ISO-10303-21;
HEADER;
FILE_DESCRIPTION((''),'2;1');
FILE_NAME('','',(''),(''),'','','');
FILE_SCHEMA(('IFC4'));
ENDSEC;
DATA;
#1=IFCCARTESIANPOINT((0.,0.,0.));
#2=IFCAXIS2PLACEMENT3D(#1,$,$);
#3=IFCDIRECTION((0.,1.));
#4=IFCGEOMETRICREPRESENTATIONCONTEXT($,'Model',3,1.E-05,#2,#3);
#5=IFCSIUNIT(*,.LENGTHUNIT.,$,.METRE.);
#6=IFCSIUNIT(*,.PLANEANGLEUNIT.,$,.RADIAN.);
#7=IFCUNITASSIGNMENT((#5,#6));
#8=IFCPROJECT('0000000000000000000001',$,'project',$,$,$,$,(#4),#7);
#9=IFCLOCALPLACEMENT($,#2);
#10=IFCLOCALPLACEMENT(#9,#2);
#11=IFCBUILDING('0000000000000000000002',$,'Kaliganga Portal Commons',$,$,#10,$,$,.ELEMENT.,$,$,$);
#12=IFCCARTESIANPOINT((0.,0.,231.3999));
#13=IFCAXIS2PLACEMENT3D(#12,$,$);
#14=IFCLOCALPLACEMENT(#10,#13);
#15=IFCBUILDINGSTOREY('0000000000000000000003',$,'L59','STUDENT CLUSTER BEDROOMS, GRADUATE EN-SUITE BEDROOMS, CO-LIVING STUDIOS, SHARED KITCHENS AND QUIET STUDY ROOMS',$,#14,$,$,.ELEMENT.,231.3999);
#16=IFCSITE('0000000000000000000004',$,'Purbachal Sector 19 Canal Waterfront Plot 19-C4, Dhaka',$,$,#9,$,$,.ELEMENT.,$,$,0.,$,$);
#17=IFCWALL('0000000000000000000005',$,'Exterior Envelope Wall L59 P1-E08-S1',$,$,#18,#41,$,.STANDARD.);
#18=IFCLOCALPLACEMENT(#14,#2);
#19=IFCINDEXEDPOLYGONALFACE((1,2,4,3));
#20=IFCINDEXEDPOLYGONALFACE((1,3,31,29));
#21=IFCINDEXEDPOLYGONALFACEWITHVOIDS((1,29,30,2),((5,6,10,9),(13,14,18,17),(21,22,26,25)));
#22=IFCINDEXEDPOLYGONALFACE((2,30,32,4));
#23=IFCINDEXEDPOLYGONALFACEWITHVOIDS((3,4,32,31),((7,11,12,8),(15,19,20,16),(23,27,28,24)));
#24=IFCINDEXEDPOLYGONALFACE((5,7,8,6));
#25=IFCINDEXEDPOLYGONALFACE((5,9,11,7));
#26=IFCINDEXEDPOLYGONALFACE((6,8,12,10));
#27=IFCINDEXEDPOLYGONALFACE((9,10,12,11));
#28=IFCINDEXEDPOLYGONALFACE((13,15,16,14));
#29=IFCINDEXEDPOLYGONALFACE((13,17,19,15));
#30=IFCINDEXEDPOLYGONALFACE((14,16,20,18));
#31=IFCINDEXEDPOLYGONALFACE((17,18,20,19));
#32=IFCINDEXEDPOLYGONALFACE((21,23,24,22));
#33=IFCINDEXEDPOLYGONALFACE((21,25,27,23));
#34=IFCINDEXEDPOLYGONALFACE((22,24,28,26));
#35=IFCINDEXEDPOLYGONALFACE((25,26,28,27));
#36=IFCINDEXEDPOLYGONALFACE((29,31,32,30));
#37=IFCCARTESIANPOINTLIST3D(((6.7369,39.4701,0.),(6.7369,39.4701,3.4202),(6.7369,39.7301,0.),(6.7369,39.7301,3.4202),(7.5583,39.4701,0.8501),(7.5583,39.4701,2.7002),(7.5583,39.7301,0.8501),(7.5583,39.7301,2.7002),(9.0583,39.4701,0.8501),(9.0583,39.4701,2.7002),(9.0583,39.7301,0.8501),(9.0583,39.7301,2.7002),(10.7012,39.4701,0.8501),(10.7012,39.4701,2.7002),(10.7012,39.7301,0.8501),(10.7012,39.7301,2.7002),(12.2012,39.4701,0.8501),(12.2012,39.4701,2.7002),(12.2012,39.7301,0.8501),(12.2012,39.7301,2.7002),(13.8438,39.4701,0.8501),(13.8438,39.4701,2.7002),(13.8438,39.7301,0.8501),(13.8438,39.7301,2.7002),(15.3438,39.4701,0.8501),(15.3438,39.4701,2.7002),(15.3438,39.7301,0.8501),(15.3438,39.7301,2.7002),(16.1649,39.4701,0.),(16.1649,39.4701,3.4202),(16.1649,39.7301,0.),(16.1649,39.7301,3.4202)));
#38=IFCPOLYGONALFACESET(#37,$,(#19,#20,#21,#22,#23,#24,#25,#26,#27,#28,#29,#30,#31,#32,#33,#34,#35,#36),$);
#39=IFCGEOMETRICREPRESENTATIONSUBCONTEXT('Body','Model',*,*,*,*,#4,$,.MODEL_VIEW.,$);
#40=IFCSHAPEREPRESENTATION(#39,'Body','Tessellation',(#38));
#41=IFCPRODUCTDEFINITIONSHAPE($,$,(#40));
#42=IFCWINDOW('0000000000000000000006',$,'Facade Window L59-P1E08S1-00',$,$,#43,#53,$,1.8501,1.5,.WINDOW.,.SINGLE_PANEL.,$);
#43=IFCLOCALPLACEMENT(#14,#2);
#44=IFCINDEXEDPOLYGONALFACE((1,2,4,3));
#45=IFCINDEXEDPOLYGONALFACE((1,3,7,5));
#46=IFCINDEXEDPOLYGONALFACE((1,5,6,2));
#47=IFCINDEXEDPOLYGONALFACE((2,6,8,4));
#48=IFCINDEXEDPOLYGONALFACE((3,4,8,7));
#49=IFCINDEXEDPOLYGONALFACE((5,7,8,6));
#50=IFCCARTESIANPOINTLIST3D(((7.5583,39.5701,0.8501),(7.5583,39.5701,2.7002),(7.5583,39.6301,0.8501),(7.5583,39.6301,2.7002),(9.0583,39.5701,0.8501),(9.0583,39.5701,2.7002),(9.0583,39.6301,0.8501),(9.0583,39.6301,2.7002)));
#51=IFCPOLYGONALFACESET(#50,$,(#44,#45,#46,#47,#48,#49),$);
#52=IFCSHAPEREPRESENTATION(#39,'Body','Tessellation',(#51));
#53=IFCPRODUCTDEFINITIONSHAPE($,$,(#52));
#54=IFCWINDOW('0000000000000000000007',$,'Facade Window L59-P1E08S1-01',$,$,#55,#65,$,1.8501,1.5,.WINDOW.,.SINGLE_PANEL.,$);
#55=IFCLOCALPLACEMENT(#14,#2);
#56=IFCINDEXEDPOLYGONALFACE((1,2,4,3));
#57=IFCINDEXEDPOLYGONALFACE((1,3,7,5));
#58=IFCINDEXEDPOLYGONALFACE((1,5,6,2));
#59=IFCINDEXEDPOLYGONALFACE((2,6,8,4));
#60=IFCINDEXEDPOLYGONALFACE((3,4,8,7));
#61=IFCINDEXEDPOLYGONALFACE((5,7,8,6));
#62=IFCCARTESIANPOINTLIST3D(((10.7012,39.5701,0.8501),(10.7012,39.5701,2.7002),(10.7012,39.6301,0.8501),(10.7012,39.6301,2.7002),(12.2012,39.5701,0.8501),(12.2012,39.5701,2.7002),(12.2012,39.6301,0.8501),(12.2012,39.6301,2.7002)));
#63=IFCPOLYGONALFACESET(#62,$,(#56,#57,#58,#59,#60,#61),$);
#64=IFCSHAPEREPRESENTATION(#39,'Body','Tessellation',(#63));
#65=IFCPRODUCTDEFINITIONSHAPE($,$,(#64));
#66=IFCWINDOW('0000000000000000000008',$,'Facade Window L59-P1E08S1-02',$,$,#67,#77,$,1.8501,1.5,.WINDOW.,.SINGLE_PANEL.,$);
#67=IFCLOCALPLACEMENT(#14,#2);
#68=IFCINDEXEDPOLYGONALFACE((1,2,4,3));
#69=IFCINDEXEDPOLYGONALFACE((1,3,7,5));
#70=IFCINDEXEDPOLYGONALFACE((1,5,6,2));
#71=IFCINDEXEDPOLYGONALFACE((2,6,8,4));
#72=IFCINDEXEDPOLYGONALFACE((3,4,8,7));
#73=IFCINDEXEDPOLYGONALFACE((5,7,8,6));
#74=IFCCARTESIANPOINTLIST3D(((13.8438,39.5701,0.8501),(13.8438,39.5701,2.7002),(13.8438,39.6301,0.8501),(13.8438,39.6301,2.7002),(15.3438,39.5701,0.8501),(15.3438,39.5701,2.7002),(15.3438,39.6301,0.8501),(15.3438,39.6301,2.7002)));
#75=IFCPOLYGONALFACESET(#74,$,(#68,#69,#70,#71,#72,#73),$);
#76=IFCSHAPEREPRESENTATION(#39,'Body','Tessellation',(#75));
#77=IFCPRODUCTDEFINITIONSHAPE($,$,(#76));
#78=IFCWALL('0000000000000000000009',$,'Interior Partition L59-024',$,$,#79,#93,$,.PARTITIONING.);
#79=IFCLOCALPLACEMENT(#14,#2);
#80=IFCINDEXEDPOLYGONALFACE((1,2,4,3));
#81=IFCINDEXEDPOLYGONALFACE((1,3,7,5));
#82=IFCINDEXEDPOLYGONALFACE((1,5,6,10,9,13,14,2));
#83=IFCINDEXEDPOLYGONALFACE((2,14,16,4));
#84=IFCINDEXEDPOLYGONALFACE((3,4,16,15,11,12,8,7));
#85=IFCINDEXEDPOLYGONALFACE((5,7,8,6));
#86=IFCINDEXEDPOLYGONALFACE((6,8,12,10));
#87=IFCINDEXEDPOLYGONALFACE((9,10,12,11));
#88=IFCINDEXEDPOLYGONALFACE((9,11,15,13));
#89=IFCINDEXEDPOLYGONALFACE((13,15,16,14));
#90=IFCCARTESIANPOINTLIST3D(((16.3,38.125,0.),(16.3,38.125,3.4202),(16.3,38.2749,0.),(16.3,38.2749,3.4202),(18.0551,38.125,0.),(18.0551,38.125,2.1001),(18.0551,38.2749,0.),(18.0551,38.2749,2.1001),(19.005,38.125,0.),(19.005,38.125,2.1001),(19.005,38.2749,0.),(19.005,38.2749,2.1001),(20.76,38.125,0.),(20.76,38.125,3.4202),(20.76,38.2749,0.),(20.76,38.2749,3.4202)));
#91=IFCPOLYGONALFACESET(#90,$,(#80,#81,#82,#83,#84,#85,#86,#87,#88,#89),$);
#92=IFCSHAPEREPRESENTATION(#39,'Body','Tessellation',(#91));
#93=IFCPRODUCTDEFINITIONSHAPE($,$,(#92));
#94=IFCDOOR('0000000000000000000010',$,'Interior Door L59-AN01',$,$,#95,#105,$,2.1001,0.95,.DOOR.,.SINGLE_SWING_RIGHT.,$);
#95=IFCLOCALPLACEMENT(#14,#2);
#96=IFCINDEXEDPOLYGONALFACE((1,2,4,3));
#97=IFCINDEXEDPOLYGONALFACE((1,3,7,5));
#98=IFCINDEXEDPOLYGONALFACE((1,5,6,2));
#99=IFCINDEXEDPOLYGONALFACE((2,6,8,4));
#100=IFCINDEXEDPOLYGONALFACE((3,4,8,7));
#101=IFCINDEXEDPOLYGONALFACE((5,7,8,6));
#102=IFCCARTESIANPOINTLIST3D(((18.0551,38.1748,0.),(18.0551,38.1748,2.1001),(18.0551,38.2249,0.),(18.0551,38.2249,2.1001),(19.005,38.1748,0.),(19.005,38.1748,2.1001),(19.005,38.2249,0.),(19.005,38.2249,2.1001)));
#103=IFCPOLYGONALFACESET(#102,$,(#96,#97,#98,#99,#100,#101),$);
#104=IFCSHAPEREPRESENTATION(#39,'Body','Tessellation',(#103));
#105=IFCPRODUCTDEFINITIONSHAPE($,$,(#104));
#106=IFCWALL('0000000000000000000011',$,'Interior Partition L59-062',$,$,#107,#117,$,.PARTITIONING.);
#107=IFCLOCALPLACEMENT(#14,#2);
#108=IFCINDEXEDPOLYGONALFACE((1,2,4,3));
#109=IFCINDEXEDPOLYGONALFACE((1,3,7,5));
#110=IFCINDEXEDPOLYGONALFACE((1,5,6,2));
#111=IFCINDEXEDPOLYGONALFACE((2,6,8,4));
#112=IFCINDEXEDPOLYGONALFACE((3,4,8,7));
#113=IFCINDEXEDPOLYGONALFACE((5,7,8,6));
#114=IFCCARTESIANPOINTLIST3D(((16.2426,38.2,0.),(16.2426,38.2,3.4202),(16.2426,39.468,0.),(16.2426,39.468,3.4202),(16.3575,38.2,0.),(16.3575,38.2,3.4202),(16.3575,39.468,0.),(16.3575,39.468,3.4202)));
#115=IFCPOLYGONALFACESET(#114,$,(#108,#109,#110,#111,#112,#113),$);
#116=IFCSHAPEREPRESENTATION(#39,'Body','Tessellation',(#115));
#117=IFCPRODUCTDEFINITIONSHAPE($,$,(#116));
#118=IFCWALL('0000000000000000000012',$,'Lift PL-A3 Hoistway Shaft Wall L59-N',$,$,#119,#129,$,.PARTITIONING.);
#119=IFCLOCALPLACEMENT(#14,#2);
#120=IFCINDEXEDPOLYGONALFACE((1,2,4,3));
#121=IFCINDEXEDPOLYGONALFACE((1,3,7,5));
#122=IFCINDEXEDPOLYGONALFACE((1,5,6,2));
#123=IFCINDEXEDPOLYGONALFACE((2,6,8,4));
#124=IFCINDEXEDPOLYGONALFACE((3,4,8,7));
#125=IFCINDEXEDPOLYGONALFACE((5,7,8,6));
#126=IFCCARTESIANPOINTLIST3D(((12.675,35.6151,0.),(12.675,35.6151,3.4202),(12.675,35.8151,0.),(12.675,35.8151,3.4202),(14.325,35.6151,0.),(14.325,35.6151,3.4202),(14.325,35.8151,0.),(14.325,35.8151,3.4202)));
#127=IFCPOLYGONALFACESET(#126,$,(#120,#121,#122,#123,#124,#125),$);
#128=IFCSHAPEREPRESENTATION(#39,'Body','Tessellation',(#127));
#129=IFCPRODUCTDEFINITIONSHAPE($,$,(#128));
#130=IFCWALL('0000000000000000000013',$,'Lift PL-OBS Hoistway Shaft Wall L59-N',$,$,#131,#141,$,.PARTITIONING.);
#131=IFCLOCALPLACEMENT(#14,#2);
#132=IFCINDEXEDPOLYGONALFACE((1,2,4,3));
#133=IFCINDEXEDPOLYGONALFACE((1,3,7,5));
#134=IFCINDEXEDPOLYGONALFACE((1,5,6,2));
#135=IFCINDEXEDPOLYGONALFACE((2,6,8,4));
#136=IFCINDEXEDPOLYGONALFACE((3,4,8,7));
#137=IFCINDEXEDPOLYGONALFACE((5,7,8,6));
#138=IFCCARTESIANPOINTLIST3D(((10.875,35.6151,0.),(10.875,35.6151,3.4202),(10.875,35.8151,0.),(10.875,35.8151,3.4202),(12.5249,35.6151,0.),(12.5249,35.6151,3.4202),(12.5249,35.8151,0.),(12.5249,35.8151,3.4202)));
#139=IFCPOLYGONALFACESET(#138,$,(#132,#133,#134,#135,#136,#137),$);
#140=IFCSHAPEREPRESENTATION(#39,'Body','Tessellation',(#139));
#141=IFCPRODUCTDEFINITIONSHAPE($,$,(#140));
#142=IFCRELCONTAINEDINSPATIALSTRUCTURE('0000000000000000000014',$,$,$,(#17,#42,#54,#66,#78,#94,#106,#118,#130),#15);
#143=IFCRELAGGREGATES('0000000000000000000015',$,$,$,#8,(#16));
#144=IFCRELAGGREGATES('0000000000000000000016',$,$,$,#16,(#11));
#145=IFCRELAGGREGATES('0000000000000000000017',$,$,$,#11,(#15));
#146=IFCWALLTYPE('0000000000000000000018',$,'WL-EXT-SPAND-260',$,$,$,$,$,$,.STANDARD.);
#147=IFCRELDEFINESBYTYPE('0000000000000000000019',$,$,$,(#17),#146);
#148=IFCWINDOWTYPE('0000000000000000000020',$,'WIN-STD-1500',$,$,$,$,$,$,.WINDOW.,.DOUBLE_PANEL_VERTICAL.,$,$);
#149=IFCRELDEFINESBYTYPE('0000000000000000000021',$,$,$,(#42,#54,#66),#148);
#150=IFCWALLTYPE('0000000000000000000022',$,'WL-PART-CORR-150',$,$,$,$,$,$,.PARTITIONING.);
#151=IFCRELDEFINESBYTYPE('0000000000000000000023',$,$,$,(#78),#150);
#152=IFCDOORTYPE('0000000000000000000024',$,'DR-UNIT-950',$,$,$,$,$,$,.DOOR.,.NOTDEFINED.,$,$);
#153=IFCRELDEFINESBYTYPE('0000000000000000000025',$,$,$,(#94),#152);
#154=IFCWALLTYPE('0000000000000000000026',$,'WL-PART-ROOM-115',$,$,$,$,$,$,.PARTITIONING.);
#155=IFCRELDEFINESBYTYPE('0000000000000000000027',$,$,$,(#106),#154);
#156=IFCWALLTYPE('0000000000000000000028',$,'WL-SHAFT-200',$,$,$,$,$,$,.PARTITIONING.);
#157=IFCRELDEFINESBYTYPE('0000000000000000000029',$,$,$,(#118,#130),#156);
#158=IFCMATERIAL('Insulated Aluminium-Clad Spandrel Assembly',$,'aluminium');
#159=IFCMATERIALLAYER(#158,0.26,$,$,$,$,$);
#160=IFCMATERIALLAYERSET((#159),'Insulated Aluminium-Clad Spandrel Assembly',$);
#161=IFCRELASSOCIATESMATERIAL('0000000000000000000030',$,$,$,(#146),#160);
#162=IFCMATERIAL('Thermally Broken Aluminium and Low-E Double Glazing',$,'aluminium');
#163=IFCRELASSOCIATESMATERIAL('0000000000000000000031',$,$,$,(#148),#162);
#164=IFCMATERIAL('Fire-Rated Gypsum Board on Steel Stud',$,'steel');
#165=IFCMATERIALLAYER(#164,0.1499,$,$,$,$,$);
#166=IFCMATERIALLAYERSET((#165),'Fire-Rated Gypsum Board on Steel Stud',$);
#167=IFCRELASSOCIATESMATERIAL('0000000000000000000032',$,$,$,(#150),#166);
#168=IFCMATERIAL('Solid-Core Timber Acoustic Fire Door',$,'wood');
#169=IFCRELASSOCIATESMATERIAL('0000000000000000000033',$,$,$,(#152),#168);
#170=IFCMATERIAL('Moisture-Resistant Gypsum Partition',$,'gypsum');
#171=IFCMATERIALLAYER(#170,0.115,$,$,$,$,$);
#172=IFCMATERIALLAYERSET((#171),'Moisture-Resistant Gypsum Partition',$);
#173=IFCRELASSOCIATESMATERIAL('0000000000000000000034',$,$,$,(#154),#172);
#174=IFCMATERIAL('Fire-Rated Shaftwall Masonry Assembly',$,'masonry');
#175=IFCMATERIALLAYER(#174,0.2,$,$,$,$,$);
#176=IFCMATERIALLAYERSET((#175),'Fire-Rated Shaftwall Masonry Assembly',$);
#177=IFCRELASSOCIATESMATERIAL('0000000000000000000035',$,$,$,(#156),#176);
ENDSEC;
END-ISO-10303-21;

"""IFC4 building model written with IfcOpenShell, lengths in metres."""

from ifc_helpers import new_model, si_unit, direction, frame, frame_2d, origin, place, context, subcontext, project, spatial, rectangle, extrude, material, layer, layer_set, type_object, element, fill, save


model = new_model("IFC4")

# Units and contexts
model_context = context("Model", 3, precision=1e-05, world=origin(), true_north=direction((0.0, 1.0)))
body_context = subcontext(model_context, "Body", "Model", "MODEL_VIEW")
ifc_project = project(units=[si_unit("LENGTHUNIT", "METRE"), si_unit("PLANEANGLEUNIT", "RADIAN")], contexts=[model_context])

# Site, building, storey
site_placement = place(None, origin())
site = spatial("IfcSite", under=ifc_project, at=site_placement, Name="Purbachal Sector 19 Canal Waterfront Plot 19-C4, Dhaka", CompositionType="ELEMENT", RefElevation=0.0)
building_placement = place(site_placement, origin())
building = spatial("IfcBuilding", under=site, at=building_placement, Name="Kaliganga Portal Commons", CompositionType="ELEMENT")
storey_placement = place(building_placement, frame((0.0, 0.0, 231.3999)))
storey = spatial("IfcBuildingStorey", under=building, at=storey_placement, Name="L59", Description="STUDENT CLUSTER BEDROOMS, GRADUATE EN-SUITE BEDROOMS, CO-LIVING STUDIOS, SHARED KITCHENS AND QUIET STUDY ROOMS", CompositionType="ELEMENT", Elevation=231.3999)

# Wall, openings, windows
ifc_material_1 = material(Name="Insulated Aluminium-Clad Spandrel Assembly", Category="aluminium")
ifc_layer_1 = layer(ifc_material_1, 0.26)
ifc_layer_set_1 = layer_set([ifc_layer_1], Name="Insulated Aluminium-Clad Spandrel Assembly")
wall_type_1 = type_object("IfcWallType", Name="WL-EXT-SPAND-260", PredefinedType="STANDARD", material=ifc_layer_set_1)
wall_1_placement = place(storey_placement, frame((6.7371, 39.6001, 0.0), z_axis=(0.0, 0.0, 1.0), x_axis=(1.0, 0.0, 0.0)))
wall_1 = element("IfcWall", 1, at=wall_1_placement, inside=storey, type_object=wall_type_1, Name="Exterior Envelope Wall L59 P1-E08-S1", PredefinedType="STANDARD", context=body_context, shape_type="SweptSolid", body=[
    extrude(rectangle(XDim=9.428, YDim=0.26, at=frame_2d((4.7139, 0.0))), origin(), (0.0, 0.0, 1.0), 3.4202),
])
opening_1_placement = place(wall_1_placement, frame((0.8213, 0.0, 0.8501)))
opening_1 = element("IfcOpeningElement", 2, at=opening_1_placement, cuts=wall_1, PredefinedType="OPENING", context=body_context, shape_type="SweptSolid", body=[
    extrude(rectangle(XDim=1.5, YDim=1.8501, at=frame_2d((0.75, 0.925))), frame((0.0, 0.1401, 0.0), z_axis=(0.0, -1.0, 0.0), x_axis=(1.0, 0.0, 0.0)), (0.0, 0.0, 1.0), 0.28),
])
opening_2_placement = place(wall_1_placement, frame((3.9641, 0.0, 0.8501)))
opening_2 = element("IfcOpeningElement", 3, at=opening_2_placement, cuts=wall_1, PredefinedType="OPENING", context=body_context, shape_type="SweptSolid", body=[
    extrude(rectangle(XDim=1.5, YDim=1.8501, at=frame_2d((0.75, 0.925))), frame((0.0, 0.1401, 0.0), z_axis=(0.0, -1.0, 0.0), x_axis=(1.0, 0.0, 0.0)), (0.0, 0.0, 1.0), 0.28),
])
opening_3_placement = place(wall_1_placement, frame((7.1067, 0.0, 0.8501)))
opening_3 = element("IfcOpeningElement", 4, at=opening_3_placement, cuts=wall_1, PredefinedType="OPENING", context=body_context, shape_type="SweptSolid", body=[
    extrude(rectangle(XDim=1.5, YDim=1.8501, at=frame_2d((0.75, 0.925))), frame((0.0, 0.1401, 0.0), z_axis=(0.0, -1.0, 0.0), x_axis=(1.0, 0.0, 0.0)), (0.0, 0.0, 1.0), 0.28),
])
ifc_material_2 = material(Name="Thermally Broken Aluminium and Low-E Double Glazing", Category="aluminium")
window_type = type_object("IfcWindowType", Name="WIN-STD-1500", PartitioningType="DOUBLE_PANEL_VERTICAL", PredefinedType="WINDOW", material=ifc_material_2)
window_1_placement = place(opening_1_placement, origin())
window_1 = element("IfcWindow", 5, at=window_1_placement, inside=storey, type_object=window_type, Name="Facade Window L59-P1E08S1-00", OverallHeight=1.8501, OverallWidth=1.5, PartitioningType="SINGLE_PANEL", PredefinedType="WINDOW", context=body_context, shape_type="SweptSolid", body=[
    extrude(rectangle(XDim=1.5, YDim=1.8501, at=frame_2d((0.75, 0.925))), frame((0.0, 0.03, 0.0), z_axis=(0.0, -1.0, 0.0), x_axis=(1.0, 0.0, 0.0)), (0.0, 0.0, 1.0), 0.0601),
])
fill(opening_1, window_1)
window_2_placement = place(opening_2_placement, origin())
window_2 = element("IfcWindow", 6, at=window_2_placement, inside=storey, type_object=window_type, Name="Facade Window L59-P1E08S1-01", OverallHeight=1.8501, OverallWidth=1.5, PartitioningType="SINGLE_PANEL", PredefinedType="WINDOW", context=body_context, shape_type="SweptSolid", body=[
    extrude(rectangle(XDim=1.5, YDim=1.8501, at=frame_2d((0.75, 0.925))), frame((0.0, 0.03, 0.0), z_axis=(0.0, -1.0, 0.0), x_axis=(1.0, 0.0, 0.0)), (0.0, 0.0, 1.0), 0.0601),
])
fill(opening_2, window_2)
window_3_placement = place(opening_3_placement, origin())
window_3 = element("IfcWindow", 7, at=window_3_placement, inside=storey, type_object=window_type, Name="Facade Window L59-P1E08S1-02", OverallHeight=1.8501, OverallWidth=1.5, PartitioningType="SINGLE_PANEL", PredefinedType="WINDOW", context=body_context, shape_type="SweptSolid", body=[
    extrude(rectangle(XDim=1.5, YDim=1.8501, at=frame_2d((0.75, 0.925))), frame((0.0, 0.03, 0.0), z_axis=(0.0, -1.0, 0.0), x_axis=(1.0, 0.0, 0.0)), (0.0, 0.0, 1.0), 0.0601),
])
fill(opening_3, window_3)

# Wall, opening, door
ifc_material_3 = material(Name="Fire-Rated Gypsum Board on Steel Stud", Category="steel")
ifc_layer_2 = layer(ifc_material_3, 0.1499)
ifc_layer_set_2 = layer_set([ifc_layer_2], Name="Fire-Rated Gypsum Board on Steel Stud")
wall_type_2 = type_object("IfcWallType", Name="WL-PART-CORR-150", PredefinedType="PARTITIONING", material=ifc_layer_set_2)
wall_2_placement = place(storey_placement, frame((16.3, 38.2, 0.0), z_axis=(0.0, 0.0, 1.0), x_axis=(1.0, 0.0, 0.0)))
wall_2 = element("IfcWall", 8, at=wall_2_placement, inside=storey, type_object=wall_type_2, Name="Interior Partition L59-024", PredefinedType="PARTITIONING", context=body_context, shape_type="SweptSolid", body=[
    extrude(rectangle(XDim=4.46, YDim=0.1499, at=frame_2d((2.23, 0.0))), origin(), (0.0, 0.0, 1.0), 3.4202),
])
opening_4_placement = place(wall_2_placement, frame((1.7549, 0.0, 0.0)))
opening_4 = element("IfcOpeningElement", 9, at=opening_4_placement, cuts=wall_2, PredefinedType="OPENING", context=body_context, shape_type="SweptSolid", body=[
    extrude(rectangle(XDim=0.95, YDim=2.1001, at=frame_2d((0.4751, 1.05))), frame((0.0, 0.085, 0.0), z_axis=(0.0, -1.0, 0.0), x_axis=(1.0, 0.0, 0.0)), (0.0, 0.0, 1.0), 0.1699),
])
ifc_material_4 = material(Name="Solid-Core Timber Acoustic Fire Door", Category="wood")
door_type = type_object("IfcDoorType", Name="DR-UNIT-950", OperationType="NOTDEFINED", PredefinedType="DOOR", material=ifc_material_4)
door_placement = place(opening_4_placement, origin())
door = element("IfcDoor", 10, at=door_placement, inside=storey, type_object=door_type, Name="Interior Door L59-AN01", OperationType="SINGLE_SWING_RIGHT", OverallHeight=2.1001, OverallWidth=0.95, PredefinedType="DOOR", context=body_context, shape_type="SweptSolid", body=[
    extrude(rectangle(XDim=0.95, YDim=2.1001, at=frame_2d((0.4751, 1.05))), frame((0.0, 0.0249, 0.0), z_axis=(0.0, -1.0, 0.0), x_axis=(1.0, 0.0, 0.0)), (0.0, 0.0, 1.0), 0.05),
])
fill(opening_4, door)

# Walls
ifc_material_5 = material(Name="Moisture-Resistant Gypsum Partition", Category="gypsum")
ifc_layer_3 = layer(ifc_material_5, 0.115)
ifc_layer_set_3 = layer_set([ifc_layer_3], Name="Moisture-Resistant Gypsum Partition")
wall_type_3 = type_object("IfcWallType", Name="WL-PART-ROOM-115", PredefinedType="PARTITIONING", material=ifc_layer_set_3)
wall_3_placement = place(storey_placement, frame((16.3, 38.2, 0.0), z_axis=(0.0, 0.0, 1.0), x_axis=(0.0, 1.0, 0.0)))
element("IfcWall", 11, at=wall_3_placement, inside=storey, type_object=wall_type_3, Name="Interior Partition L59-062", PredefinedType="PARTITIONING", context=body_context, shape_type="SweptSolid", body=[
    extrude(rectangle(XDim=1.2681, YDim=0.115, at=frame_2d((0.634, 0.0))), origin(), (0.0, 0.0, 1.0), 3.4202),
])
ifc_material_6 = material(Name="Fire-Rated Shaftwall Masonry Assembly", Category="masonry")
ifc_layer_4 = layer(ifc_material_6, 0.2)
ifc_layer_set_4 = layer_set([ifc_layer_4], Name="Fire-Rated Shaftwall Masonry Assembly")
wall_type_4 = type_object("IfcWallType", Name="WL-SHAFT-200", PredefinedType="PARTITIONING", material=ifc_layer_set_4)
for number, where, z_axis, x_axis, name in (
    (12, (12.675, 35.7151, 0.0), (0.0, 0.0, 1.0), (1.0, 0.0, 0.0), "Lift PL-A3 Hoistway Shaft Wall L59-N"),
    (13, (10.875, 35.7151, 0.0), (0.0, 0.0, 1.0), (1.0, 0.0, 0.0), "Lift PL-OBS Hoistway Shaft Wall L59-N"),
):
    element("IfcWall", number, at=place(storey_placement, frame(where, z_axis=z_axis, x_axis=x_axis)), inside=storey, type_object=wall_type_4, Name=name, PredefinedType="PARTITIONING", context=body_context, shape_type="SweptSolid", body=[
        extrude(rectangle(XDim=1.6499, YDim=0.2, at=frame_2d((0.825, 0.0))), origin(), (0.0, 0.0, 1.0), 3.4202),
    ])

save(model, "model.ifc")
